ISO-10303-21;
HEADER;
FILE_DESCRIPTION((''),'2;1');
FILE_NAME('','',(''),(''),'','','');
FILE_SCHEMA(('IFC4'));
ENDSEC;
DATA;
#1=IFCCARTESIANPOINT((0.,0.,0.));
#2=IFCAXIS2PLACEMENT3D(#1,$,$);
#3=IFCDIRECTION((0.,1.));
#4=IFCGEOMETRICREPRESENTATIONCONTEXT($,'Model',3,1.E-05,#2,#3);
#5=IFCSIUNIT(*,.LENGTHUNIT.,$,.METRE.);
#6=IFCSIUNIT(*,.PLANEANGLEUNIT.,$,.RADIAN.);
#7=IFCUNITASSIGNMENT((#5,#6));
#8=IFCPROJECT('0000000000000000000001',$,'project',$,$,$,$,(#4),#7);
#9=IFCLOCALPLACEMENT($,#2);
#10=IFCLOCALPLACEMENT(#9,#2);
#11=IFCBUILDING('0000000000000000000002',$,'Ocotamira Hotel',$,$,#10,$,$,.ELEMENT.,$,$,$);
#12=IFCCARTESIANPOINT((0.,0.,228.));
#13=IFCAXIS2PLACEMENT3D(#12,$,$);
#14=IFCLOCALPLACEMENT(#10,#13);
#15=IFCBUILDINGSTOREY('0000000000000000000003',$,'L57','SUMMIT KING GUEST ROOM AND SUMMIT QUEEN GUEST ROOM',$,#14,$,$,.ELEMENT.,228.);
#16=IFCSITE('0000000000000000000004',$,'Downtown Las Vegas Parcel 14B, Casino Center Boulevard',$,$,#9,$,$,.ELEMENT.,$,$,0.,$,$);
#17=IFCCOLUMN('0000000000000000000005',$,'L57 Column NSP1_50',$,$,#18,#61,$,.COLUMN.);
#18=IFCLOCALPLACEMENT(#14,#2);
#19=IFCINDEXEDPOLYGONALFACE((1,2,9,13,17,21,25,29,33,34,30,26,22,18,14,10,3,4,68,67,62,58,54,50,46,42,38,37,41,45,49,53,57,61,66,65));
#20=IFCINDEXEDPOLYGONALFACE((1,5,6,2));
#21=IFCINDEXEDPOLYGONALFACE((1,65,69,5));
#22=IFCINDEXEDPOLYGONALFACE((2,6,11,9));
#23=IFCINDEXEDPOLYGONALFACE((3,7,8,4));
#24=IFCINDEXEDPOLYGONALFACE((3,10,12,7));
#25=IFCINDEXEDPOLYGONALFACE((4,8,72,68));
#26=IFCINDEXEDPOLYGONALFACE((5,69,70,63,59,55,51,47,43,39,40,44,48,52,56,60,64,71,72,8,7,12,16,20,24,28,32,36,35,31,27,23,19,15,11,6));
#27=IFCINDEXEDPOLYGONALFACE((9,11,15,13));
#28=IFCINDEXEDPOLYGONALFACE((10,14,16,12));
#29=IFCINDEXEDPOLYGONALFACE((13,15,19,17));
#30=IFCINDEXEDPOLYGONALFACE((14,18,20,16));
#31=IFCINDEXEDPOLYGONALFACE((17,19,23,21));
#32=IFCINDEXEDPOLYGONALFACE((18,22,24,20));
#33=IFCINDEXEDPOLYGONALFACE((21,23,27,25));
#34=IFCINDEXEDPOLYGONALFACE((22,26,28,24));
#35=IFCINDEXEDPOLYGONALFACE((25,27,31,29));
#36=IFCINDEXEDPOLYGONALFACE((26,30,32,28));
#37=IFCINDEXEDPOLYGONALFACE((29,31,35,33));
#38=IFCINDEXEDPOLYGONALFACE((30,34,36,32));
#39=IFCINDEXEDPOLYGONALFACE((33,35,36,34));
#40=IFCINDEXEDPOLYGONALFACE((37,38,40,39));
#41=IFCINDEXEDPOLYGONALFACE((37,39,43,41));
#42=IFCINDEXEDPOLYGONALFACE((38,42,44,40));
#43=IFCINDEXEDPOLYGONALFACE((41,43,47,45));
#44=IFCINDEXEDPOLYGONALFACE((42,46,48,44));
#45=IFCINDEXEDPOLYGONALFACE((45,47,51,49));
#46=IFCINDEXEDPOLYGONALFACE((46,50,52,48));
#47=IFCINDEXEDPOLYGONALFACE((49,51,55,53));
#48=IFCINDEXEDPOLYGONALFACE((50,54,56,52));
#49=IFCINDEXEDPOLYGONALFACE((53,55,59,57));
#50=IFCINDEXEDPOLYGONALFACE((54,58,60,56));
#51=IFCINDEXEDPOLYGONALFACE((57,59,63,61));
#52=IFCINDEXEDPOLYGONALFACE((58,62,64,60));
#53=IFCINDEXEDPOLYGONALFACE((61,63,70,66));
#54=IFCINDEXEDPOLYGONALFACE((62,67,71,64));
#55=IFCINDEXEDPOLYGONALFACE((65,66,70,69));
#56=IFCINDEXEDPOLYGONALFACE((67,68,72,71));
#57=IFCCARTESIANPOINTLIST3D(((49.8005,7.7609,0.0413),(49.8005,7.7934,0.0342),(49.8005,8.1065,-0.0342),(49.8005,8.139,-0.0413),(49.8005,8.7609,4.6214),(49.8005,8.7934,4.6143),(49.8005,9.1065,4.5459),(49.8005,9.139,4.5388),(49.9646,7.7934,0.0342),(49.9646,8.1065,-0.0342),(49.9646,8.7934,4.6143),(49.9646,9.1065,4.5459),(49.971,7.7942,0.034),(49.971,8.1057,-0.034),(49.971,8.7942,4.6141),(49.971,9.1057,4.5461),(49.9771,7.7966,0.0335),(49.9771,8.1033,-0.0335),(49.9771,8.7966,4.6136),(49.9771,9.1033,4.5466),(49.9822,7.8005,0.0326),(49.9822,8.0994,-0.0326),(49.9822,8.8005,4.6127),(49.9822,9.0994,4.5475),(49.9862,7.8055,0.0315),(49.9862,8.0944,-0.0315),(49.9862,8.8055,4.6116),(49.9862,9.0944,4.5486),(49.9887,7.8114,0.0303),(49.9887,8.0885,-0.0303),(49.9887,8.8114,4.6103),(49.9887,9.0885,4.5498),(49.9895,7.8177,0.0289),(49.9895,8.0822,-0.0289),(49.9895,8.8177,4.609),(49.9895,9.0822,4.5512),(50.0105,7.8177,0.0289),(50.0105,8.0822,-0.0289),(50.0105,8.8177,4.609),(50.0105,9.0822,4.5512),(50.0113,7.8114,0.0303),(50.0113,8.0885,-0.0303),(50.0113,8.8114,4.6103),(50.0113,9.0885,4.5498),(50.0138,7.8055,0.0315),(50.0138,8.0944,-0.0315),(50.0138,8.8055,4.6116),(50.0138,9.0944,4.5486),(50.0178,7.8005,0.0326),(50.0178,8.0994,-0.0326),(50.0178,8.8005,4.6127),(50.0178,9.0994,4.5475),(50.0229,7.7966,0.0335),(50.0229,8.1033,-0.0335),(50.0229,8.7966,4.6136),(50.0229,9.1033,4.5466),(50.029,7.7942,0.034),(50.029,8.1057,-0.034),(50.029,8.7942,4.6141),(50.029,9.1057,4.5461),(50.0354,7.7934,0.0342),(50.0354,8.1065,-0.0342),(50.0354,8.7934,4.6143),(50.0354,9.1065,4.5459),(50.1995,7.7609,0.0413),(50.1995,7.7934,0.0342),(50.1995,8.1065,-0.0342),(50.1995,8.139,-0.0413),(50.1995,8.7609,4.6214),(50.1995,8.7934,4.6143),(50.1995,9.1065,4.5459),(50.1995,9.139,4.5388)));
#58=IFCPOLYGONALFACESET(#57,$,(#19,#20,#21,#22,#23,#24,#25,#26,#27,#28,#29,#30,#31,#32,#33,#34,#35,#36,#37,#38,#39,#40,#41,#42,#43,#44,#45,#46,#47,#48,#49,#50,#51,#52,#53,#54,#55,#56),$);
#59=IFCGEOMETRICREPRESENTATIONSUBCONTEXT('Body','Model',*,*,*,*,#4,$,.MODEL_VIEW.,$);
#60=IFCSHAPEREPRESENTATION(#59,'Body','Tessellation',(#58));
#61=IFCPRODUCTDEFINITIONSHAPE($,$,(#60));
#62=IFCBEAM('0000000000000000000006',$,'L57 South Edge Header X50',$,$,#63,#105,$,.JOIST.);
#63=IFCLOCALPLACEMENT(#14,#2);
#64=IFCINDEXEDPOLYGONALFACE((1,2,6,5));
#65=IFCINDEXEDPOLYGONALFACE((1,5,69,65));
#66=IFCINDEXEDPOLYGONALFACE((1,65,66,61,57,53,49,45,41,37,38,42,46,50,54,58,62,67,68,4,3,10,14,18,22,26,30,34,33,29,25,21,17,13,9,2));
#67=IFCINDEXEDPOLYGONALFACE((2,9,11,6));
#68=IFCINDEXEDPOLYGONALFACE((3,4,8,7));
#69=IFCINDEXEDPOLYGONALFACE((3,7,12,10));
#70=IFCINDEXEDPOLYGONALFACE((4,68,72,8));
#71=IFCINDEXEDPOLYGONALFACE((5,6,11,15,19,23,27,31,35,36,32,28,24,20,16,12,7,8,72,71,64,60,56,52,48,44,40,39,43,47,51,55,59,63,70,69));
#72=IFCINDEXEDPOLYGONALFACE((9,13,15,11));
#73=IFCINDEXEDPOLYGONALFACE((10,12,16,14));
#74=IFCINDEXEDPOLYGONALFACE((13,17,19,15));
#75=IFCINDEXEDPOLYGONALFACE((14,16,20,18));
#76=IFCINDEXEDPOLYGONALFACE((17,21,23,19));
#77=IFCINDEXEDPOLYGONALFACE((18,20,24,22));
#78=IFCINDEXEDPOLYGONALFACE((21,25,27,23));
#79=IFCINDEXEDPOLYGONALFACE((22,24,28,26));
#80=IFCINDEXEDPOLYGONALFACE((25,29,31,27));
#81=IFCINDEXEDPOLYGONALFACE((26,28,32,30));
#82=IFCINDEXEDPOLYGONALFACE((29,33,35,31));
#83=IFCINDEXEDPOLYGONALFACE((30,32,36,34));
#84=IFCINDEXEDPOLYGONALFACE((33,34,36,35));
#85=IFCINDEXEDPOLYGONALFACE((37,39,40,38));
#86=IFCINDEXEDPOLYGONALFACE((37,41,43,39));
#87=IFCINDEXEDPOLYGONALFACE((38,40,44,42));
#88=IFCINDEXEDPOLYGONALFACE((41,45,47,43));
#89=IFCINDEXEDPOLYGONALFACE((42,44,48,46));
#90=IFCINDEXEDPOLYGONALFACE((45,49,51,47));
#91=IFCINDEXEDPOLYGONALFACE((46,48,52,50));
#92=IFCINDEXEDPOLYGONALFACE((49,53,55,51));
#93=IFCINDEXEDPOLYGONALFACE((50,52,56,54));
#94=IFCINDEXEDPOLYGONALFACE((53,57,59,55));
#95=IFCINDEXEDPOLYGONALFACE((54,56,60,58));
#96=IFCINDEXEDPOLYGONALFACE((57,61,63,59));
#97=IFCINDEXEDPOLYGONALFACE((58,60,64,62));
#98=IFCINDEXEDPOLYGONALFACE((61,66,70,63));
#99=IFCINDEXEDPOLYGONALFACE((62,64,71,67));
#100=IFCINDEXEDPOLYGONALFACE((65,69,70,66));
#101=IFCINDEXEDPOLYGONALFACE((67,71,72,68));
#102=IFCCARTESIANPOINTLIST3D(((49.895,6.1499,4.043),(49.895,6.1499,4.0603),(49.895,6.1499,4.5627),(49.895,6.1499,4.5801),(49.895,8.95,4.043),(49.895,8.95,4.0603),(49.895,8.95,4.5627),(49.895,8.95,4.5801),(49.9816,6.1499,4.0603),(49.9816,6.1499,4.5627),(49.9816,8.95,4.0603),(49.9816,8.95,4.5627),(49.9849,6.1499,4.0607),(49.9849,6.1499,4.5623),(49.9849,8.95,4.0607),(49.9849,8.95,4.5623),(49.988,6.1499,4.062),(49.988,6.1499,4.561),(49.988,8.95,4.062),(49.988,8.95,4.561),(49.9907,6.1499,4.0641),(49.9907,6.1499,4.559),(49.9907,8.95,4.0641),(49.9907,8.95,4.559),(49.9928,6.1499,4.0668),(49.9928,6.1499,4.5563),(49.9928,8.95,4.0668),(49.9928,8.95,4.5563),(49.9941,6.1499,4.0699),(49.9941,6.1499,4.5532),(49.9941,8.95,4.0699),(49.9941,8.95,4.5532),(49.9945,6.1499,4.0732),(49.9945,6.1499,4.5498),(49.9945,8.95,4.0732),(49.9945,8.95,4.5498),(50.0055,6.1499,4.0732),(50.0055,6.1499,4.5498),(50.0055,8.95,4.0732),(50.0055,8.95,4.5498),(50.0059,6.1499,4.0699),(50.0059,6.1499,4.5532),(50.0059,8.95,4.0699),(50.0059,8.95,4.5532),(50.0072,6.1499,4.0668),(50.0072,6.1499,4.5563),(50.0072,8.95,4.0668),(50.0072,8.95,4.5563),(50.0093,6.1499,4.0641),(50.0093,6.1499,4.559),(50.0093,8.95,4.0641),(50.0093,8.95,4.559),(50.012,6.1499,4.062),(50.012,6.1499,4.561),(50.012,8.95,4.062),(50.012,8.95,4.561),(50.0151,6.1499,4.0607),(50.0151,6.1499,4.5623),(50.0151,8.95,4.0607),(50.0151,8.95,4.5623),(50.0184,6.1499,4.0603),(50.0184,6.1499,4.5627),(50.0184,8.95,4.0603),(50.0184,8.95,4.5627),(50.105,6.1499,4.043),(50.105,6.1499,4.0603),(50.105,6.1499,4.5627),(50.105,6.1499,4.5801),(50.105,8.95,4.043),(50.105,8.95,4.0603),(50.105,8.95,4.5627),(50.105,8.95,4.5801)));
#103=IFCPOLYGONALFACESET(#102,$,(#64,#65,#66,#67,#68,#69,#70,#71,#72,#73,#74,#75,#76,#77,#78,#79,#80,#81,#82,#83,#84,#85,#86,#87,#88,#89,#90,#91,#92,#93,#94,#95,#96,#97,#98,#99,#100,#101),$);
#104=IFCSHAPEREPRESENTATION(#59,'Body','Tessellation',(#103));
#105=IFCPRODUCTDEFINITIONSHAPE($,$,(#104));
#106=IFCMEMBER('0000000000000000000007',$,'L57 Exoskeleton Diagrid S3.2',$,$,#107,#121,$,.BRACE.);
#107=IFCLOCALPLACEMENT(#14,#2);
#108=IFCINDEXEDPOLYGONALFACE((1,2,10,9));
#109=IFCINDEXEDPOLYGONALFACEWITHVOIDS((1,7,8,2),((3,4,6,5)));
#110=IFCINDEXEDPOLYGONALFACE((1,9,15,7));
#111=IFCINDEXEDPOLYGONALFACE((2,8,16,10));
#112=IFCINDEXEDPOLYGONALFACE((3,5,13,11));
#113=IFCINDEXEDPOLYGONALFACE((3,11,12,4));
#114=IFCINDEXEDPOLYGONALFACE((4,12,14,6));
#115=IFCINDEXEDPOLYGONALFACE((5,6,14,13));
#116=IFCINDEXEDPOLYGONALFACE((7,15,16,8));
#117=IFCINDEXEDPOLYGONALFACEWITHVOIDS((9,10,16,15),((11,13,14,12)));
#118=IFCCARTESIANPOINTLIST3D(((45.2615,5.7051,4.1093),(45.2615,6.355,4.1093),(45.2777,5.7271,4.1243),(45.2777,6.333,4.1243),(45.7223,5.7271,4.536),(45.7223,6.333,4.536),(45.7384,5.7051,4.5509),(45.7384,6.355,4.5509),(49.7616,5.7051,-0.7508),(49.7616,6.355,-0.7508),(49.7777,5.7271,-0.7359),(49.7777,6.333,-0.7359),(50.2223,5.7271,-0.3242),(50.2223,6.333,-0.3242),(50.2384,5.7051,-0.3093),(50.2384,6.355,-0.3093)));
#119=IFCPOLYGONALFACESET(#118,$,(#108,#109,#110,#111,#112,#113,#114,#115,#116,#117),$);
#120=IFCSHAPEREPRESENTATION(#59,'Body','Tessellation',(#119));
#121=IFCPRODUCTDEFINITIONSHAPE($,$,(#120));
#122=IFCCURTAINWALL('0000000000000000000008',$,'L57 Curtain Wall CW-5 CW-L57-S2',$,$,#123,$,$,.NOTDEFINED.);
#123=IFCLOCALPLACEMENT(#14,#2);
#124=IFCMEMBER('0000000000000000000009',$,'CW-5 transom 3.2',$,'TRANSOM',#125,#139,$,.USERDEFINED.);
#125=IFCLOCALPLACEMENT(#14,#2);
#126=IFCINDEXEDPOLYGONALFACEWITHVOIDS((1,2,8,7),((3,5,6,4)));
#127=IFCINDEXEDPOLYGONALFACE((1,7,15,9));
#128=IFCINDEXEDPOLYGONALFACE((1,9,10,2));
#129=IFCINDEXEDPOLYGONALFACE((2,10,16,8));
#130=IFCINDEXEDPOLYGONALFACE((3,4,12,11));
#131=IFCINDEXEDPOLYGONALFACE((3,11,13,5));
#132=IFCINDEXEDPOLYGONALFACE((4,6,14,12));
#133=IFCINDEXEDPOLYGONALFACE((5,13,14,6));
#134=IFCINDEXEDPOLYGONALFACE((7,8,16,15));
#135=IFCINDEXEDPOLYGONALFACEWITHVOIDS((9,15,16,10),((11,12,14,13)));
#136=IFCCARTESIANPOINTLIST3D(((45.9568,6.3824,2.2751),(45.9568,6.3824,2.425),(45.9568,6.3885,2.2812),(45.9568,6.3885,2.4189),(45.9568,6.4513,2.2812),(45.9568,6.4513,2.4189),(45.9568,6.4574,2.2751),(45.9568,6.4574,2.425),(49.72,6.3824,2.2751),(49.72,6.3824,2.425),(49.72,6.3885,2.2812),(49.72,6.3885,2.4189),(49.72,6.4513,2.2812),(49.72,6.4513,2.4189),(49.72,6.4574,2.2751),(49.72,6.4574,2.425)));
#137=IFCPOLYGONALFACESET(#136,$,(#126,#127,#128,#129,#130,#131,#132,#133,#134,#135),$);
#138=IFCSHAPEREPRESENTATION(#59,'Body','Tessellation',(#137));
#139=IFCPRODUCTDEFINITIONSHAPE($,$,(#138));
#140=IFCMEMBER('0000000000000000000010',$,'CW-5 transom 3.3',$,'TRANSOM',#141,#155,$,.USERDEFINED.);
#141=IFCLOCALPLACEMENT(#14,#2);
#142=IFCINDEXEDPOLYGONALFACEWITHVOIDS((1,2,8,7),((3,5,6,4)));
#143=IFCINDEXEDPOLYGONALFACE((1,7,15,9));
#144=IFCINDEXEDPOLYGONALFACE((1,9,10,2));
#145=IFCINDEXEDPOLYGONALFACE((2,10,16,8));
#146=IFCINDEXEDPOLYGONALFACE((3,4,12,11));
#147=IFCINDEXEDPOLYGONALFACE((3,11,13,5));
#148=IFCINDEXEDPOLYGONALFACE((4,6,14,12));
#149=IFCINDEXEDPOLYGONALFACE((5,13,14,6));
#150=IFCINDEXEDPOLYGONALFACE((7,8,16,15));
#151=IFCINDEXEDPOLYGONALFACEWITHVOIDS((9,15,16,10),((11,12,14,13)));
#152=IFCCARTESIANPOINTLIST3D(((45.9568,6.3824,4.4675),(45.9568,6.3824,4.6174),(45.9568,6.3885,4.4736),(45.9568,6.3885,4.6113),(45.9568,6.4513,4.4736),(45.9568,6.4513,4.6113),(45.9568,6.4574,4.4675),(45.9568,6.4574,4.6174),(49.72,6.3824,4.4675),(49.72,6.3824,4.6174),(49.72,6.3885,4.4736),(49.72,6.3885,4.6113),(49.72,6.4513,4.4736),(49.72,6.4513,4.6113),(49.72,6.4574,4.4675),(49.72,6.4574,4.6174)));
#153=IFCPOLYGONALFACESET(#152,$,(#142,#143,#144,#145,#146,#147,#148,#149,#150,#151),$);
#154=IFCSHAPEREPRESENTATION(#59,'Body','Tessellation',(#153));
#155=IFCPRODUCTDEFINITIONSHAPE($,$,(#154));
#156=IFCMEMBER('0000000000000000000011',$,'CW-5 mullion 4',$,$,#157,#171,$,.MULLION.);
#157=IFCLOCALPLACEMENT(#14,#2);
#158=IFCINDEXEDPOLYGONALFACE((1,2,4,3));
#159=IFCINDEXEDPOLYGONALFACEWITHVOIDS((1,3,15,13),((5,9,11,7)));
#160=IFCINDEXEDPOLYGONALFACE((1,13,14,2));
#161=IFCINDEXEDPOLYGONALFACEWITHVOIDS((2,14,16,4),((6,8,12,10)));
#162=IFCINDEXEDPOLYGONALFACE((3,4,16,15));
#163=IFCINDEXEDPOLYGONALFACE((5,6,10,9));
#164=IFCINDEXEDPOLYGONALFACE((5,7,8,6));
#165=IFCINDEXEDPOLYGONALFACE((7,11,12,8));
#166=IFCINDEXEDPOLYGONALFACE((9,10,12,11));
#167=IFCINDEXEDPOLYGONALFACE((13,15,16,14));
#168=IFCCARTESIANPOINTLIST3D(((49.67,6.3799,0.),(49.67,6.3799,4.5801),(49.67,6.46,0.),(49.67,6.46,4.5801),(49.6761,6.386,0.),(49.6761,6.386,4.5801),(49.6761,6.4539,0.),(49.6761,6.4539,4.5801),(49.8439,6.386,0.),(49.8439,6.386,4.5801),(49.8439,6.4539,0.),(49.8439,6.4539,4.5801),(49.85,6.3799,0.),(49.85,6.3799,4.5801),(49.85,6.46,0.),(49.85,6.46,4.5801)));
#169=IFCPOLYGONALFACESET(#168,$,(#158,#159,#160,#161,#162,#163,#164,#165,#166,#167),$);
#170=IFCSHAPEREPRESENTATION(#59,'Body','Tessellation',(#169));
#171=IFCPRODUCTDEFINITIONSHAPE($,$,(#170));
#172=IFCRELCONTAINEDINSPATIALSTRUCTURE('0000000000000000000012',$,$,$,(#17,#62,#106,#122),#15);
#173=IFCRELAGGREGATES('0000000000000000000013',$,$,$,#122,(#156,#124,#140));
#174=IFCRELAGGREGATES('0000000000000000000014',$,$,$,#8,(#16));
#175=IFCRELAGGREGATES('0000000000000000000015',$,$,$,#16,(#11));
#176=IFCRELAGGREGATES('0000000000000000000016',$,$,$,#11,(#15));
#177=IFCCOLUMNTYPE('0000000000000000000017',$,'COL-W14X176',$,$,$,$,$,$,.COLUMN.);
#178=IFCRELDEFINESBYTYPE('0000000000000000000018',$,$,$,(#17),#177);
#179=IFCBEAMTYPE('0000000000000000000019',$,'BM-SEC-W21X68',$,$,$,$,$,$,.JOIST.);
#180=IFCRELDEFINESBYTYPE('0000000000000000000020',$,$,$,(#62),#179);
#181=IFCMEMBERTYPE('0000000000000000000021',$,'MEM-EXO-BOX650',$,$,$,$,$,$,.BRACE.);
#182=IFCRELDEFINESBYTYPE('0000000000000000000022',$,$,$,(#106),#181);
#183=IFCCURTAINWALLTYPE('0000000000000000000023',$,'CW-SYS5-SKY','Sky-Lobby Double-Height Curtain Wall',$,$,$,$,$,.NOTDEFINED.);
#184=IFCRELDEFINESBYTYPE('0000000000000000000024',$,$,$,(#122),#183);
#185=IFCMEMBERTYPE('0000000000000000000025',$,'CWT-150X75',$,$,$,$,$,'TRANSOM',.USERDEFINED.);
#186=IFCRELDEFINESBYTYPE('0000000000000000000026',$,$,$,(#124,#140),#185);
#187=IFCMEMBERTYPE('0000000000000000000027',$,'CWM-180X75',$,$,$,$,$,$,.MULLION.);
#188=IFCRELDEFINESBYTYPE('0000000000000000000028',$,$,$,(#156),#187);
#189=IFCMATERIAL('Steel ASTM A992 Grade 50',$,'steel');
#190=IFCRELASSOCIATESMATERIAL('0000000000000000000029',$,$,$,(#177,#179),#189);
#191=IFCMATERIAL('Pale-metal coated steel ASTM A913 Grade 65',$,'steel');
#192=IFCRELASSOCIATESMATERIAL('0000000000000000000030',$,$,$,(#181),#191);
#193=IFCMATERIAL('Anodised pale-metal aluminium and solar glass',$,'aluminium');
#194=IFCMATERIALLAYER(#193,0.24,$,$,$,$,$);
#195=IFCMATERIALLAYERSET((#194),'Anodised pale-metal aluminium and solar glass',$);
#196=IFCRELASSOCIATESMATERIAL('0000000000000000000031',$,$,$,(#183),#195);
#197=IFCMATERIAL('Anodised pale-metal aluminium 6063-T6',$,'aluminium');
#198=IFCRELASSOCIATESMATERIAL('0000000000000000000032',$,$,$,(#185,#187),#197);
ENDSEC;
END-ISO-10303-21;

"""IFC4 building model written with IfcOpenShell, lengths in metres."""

from ifc_helpers import new_model, si_unit, direction, frame, origin, origin_2d, place, context, subcontext, project, spatial, hollow_rectangle, i_section, extrude, source, transform, mapped, material, layer, layer_set, material_profile, profile_set, type_object, element, aggregate, save


model = new_model("IFC4")

# Units and contexts
model_context = context("Model", 3, precision=1e-05, world=origin(), true_north=direction((0.0, 1.0)))
body_context = subcontext(model_context, "Body", "Model", "MODEL_VIEW")
ifc_project = project(units=[si_unit("LENGTHUNIT", "METRE"), si_unit("PLANEANGLEUNIT", "RADIAN")], contexts=[model_context])

# Site, building, storey
site_placement = place(None, origin())
site = spatial("IfcSite", under=ifc_project, at=site_placement, Name="Downtown Las Vegas Parcel 14B, Casino Center Boulevard", CompositionType="ELEMENT", RefElevation=0.0)
building_placement = place(site_placement, origin())
building = spatial("IfcBuilding", under=site, at=building_placement, Name="Ocotamira Hotel", CompositionType="ELEMENT")
storey_placement = place(building_placement, frame((0.0, 0.0, 228.0)))
storey = spatial("IfcBuildingStorey", under=building, at=storey_placement, Name="L57", Description="SUMMIT KING GUEST ROOM AND SUMMIT QUEEN GUEST ROOM", CompositionType="ELEMENT", Elevation=228.0)

# Column
ifc_material_1 = material(Name="Steel ASTM A992 Grade 50", Category="steel")
ifc_material_profile_1 = material_profile(ifc_material_1, i_section(OverallWidth=0.3989, OverallDepth=0.387, WebThickness=0.021, FlangeThickness=0.0332, FilletRadius=0.0249, at=origin_2d()), Name="W14X176")
ifc_profile_set_1 = profile_set([ifc_material_profile_1], Name="Steel ASTM A992 Grade 50")
column_type = type_object("IfcColumnType", Name="COL-W14X176", PredefinedType="COLUMN", material=ifc_profile_set_1)
shared_shape_1 = source(origin(), body_context, "Body", "SweptSolid", [
    extrude(i_section(OverallWidth=0.3989, OverallDepth=0.387, WebThickness=0.021, FlangeThickness=0.0332, FilletRadius=0.0249, at=origin_2d()), origin(), (0.0, 0.0, 1.0), 4.688),
])
column_placement = place(storey_placement, frame((50.0, 7.95, 0.0), z_axis=(0.0, 0.213312, 0.976984), x_axis=(-1.0, 0.0, 0.0)))
element("IfcColumn", 1, at=column_placement, inside=storey, type_object=column_type, Name="L57 Column NSP1_50", PredefinedType="COLUMN", context=body_context, shape_type="MappedRepresentation", body=[
    mapped(shared_shape_1, transform((0.0, 0.0, 0.0), scale=1.0)),
])

# Beam
ifc_material_profile_2 = material_profile(ifc_material_1, i_section(OverallWidth=0.21, OverallDepth=0.5371, WebThickness=0.011, FlangeThickness=0.0173, FilletRadius=0.0129, at=origin_2d()), Name="W21X68")
ifc_profile_set_2 = profile_set([ifc_material_profile_2], Name="Steel ASTM A992 Grade 50")
beam_type = type_object("IfcBeamType", Name="BM-SEC-W21X68", PredefinedType="JOIST", material=ifc_profile_set_2)
shared_shape_2 = source(origin(), body_context, "Body", "SweptSolid", [
    extrude(i_section(OverallWidth=0.21, OverallDepth=0.5371, WebThickness=0.011, FlangeThickness=0.0173, FilletRadius=0.0129, at=origin_2d()), origin(), (0.0, 0.0, 1.0), 2.8),
])
beam_placement = place(storey_placement, frame((50.0, 8.95, 4.3115), z_axis=(0.0, -1.0, 0.0), x_axis=(1.0, 0.0, 0.0)))
element("IfcBeam", 2, at=beam_placement, inside=storey, type_object=beam_type, Name="L57 South Edge Header X50", PredefinedType="JOIST", context=body_context, shape_type="MappedRepresentation", body=[
    mapped(shared_shape_2, transform((0.0, 0.0, 0.0), scale=1.0)),
])

# Member
ifc_material_2 = material(Name="Pale-metal coated steel ASTM A913 Grade 65", Category="steel")
ifc_material_profile_3 = material_profile(ifc_material_2, hollow_rectangle(XDim=0.6499, YDim=0.6499, WallThickness=0.022, at=origin_2d()), Name="BOX650X650X22")
ifc_profile_set_3 = profile_set([ifc_material_profile_3], Name="Pale-metal coated steel ASTM A913 Grade 65")
member_type_1 = type_object("IfcMemberType", Name="MEM-EXO-BOX650", PredefinedType="BRACE", material=ifc_profile_set_3)
shared_shape_3 = source(origin(), body_context, "Body", "SweptSolid", [
    extrude(hollow_rectangle(XDim=0.6499, YDim=0.6499, WallThickness=0.022, at=origin_2d()), origin(), (0.0, 0.0, 1.0), 6.6235),
])
member_1_placement = place(storey_placement, frame((50.0, 6.03, -0.53), z_axis=(-0.6794, 0.0, 0.733768), x_axis=(0.0, -1.0, 0.0)))
element("IfcMember", 3, at=member_1_placement, inside=storey, type_object=member_type_1, Name="L57 Exoskeleton Diagrid S3.2", PredefinedType="BRACE", context=body_context, shape_type="MappedRepresentation", body=[
    mapped(shared_shape_3, transform((0.0, 0.0, 0.0), scale=1.0)),
])

# Curtain wall, members
ifc_material_3 = material(Name="Anodised pale-metal aluminium and solar glass", Category="aluminium")
ifc_layer_1 = layer(ifc_material_3, 0.24)
ifc_layer_set_1 = layer_set([ifc_layer_1], Name="Anodised pale-metal aluminium and solar glass")
curtain_wall_type = type_object("IfcCurtainWallType", Name="CW-SYS5-SKY", Description="Sky-Lobby Double-Height Curtain Wall", PredefinedType="NOTDEFINED", material=ifc_layer_set_1)
curtain_wall_placement = place(storey_placement, origin())
curtain_wall = element("IfcCurtainWall", 4, at=curtain_wall_placement, inside=storey, type_object=curtain_wall_type, Name="L57 Curtain Wall CW-5 CW-L57-S2", PredefinedType="NOTDEFINED")
ifc_material_4 = material(Name="Anodised pale-metal aluminium 6063-T6", Category="aluminium")
ifc_material_profile_4 = material_profile(ifc_material_4, hollow_rectangle(XDim=0.075, YDim=0.1499, WallThickness=0.0061, at=origin_2d()), Name="HSS150X75X6")
ifc_profile_set_4 = profile_set([ifc_material_profile_4], Name="Anodised pale-metal aluminium 6063-T6")
member_type_2 = type_object("IfcMemberType", Name="CWT-150X75", ElementType="TRANSOM", PredefinedType="USERDEFINED", material=ifc_profile_set_4)
shared_shape_4 = source(origin(), body_context, "Body", "SweptSolid", [
    extrude(hollow_rectangle(XDim=0.075, YDim=0.1499, WallThickness=0.0061, at=origin_2d()), origin(), (0.0, 0.0, 1.0), 3.7632),
])
member_2_placement = place(storey_placement, frame((45.9568, 6.4199, 2.3501), z_axis=(1.0, 0.0, 0.0), x_axis=(0.0, 1.0, 0.0)))
member_2 = element("IfcMember", 5, at=member_2_placement, type_object=member_type_2, Name="CW-5 transom 3.2", ObjectType="TRANSOM", PredefinedType="USERDEFINED", context=body_context, shape_type="MappedRepresentation", body=[
    mapped(shared_shape_4, transform((0.0, 0.0, 0.0), scale=1.0)),
])
member_3_placement = place(storey_placement, frame((45.9568, 6.4199, 4.5425), z_axis=(1.0, 0.0, 0.0), x_axis=(0.0, 1.0, 0.0)))
member_3 = element("IfcMember", 6, at=member_3_placement, type_object=member_type_2, Name="CW-5 transom 3.3", ObjectType="TRANSOM", PredefinedType="USERDEFINED", context=body_context, shape_type="MappedRepresentation", body=[
    mapped(shared_shape_4, transform((0.0, 0.0, 0.0), scale=1.0)),
])
ifc_material_profile_5 = material_profile(ifc_material_4, hollow_rectangle(XDim=0.0801, YDim=0.1799, WallThickness=0.0061, at=origin_2d()), Name="HSS180X80X6")
ifc_profile_set_5 = profile_set([ifc_material_profile_5], Name="Anodised pale-metal aluminium 6063-T6")
member_type_3 = type_object("IfcMemberType", Name="CWM-180X75", PredefinedType="MULLION", material=ifc_profile_set_5)
shared_shape_5 = source(origin(), body_context, "Body", "SweptSolid", [
    extrude(hollow_rectangle(XDim=0.0801, YDim=0.1799, WallThickness=0.0061, at=origin_2d()), origin(), (0.0, 0.0, 1.0), 4.5801),
])
member_4_placement = place(storey_placement, frame((49.76, 6.4199, 0.0), z_axis=(0.0, 0.0, 1.0), x_axis=(0.0, 1.0, 0.0)))
member_4 = element("IfcMember", 7, at=member_4_placement, type_object=member_type_3, Name="CW-5 mullion 4", PredefinedType="MULLION", context=body_context, shape_type="MappedRepresentation", body=[
    mapped(shared_shape_5, transform((0.0, 0.0, 0.0), scale=1.0)),
])
aggregate(curtain_wall, [member_4, member_2, member_3])

save(model, "model.ifc")
